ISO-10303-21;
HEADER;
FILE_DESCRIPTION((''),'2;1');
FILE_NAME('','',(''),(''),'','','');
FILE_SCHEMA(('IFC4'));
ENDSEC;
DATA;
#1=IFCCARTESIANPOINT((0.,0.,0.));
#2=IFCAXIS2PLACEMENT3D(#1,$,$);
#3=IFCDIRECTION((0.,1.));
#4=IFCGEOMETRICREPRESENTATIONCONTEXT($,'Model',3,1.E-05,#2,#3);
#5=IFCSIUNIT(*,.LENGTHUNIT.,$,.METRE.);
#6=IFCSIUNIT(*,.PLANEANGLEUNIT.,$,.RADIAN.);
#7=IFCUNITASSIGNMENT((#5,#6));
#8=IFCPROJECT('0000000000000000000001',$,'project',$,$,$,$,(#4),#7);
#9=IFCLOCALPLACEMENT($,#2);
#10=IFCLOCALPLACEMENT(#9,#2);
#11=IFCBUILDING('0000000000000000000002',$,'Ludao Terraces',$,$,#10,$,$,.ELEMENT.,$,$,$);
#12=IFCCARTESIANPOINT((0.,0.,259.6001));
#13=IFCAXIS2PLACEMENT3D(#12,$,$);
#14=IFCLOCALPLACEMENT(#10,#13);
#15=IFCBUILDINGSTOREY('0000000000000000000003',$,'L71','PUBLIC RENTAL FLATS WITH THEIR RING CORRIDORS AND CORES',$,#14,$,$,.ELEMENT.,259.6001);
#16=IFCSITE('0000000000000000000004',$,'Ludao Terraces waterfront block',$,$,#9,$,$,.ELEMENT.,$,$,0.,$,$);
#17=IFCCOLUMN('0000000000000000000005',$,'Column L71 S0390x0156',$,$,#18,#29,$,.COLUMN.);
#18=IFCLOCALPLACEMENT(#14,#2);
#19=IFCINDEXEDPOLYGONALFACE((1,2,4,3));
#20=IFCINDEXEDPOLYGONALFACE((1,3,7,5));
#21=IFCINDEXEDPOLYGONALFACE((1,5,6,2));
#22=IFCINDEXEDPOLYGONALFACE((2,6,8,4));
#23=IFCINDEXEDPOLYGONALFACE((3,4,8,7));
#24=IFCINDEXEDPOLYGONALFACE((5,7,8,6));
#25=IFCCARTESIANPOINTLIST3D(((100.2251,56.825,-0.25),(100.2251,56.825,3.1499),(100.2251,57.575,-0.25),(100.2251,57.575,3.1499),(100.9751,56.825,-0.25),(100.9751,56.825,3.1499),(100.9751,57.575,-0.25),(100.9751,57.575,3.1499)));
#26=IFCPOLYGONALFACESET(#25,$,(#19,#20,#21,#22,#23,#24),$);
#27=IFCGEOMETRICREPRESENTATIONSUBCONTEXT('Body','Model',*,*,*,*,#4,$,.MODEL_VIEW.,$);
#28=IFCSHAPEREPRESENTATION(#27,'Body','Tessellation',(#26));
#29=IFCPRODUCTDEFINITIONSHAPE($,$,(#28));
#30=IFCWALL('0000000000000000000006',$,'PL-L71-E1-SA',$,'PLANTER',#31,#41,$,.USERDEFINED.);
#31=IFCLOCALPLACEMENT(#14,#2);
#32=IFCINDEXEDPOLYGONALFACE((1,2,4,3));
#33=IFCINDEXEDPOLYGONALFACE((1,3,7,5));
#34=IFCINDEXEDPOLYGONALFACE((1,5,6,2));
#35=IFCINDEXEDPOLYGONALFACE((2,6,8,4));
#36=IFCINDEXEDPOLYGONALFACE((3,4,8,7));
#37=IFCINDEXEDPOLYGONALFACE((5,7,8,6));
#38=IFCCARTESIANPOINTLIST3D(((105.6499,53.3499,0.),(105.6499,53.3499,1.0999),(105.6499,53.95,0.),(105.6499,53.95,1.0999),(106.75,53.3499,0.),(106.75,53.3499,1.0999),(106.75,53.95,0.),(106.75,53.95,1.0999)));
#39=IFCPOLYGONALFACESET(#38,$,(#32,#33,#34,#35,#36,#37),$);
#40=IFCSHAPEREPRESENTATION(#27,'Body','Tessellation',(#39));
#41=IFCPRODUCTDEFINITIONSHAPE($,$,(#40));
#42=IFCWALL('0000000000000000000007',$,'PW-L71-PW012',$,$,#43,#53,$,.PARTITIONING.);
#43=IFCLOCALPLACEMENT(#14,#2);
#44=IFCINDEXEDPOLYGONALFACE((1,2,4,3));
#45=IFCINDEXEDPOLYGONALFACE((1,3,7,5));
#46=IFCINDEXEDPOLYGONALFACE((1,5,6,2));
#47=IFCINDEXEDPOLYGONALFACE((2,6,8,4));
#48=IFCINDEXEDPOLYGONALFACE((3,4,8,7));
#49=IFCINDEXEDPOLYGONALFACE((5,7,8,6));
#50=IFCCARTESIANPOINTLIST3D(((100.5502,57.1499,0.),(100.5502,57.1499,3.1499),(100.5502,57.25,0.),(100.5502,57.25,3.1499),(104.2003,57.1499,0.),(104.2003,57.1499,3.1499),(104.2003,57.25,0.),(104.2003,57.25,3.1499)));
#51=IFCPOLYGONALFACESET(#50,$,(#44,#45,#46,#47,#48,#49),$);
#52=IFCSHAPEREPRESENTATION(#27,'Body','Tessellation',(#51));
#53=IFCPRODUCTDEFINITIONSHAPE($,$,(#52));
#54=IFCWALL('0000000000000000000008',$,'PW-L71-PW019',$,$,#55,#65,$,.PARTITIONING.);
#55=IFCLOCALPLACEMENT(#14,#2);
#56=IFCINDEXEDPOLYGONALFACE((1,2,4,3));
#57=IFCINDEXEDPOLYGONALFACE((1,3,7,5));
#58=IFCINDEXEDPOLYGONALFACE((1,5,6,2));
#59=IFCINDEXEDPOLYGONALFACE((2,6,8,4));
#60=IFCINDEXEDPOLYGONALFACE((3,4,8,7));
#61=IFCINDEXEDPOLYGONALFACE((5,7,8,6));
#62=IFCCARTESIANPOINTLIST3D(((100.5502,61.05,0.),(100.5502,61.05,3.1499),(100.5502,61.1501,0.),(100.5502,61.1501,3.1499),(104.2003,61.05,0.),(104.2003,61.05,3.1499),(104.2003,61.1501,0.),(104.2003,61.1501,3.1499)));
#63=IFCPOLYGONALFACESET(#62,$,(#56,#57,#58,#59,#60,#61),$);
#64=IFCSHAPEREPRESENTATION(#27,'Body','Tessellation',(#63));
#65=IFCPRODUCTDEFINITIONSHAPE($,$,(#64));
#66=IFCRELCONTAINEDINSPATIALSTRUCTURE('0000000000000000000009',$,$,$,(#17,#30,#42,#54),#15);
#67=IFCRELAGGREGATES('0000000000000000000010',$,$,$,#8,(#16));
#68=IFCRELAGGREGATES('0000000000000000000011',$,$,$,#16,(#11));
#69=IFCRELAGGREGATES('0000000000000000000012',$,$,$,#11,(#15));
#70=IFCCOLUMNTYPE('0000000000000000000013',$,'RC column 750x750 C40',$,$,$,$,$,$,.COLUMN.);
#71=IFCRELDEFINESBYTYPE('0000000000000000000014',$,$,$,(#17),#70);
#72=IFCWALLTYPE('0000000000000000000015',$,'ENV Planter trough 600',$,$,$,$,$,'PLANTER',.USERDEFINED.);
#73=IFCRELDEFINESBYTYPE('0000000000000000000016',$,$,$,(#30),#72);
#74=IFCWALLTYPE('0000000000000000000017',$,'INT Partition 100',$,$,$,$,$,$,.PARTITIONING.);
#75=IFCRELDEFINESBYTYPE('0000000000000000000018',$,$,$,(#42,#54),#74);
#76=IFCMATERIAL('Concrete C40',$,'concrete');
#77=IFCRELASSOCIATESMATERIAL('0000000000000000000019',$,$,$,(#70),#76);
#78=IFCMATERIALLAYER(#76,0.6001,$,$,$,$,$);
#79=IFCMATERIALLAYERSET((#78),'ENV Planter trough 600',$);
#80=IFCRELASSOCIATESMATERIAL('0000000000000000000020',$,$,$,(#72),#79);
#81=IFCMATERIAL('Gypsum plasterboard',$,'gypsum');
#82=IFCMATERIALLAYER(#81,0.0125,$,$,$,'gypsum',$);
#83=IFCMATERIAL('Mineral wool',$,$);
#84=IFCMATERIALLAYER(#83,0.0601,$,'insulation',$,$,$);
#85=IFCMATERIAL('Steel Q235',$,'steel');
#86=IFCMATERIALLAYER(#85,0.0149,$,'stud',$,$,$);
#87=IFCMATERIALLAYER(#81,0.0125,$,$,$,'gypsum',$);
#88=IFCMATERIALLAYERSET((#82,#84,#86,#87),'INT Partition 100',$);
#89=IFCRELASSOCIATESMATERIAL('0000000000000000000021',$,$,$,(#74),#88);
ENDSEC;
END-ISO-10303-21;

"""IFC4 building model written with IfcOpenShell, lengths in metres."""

from ifc_helpers import new_model, si_unit, direction, frame, frame_2d, origin, origin_2d, place, context, subcontext, project, spatial, rectangle, extrude, material, layer, layer_set, material_profile, profile_set, type_object, element, save


model = new_model("IFC4")

# Units and contexts
model_context = context("Model", 3, precision=1e-05, world=origin(), true_north=direction((0.0, 1.0)))
body_context = subcontext(model_context, "Body", "Model", "MODEL_VIEW")
ifc_project = project(units=[si_unit("LENGTHUNIT", "METRE"), si_unit("PLANEANGLEUNIT", "RADIAN")], contexts=[model_context])

# Site, building, storey
site_placement = place(None, origin())
site = spatial("IfcSite", under=ifc_project, at=site_placement, Name="Ludao Terraces waterfront block", CompositionType="ELEMENT", RefElevation=0.0)
building_placement = place(site_placement, origin())
building = spatial("IfcBuilding", under=site, at=building_placement, Name="Ludao Terraces", CompositionType="ELEMENT")
storey_placement = place(building_placement, frame((0.0, 0.0, 259.6001)))
storey = spatial("IfcBuildingStorey", under=building, at=storey_placement, Name="L71", Description="PUBLIC RENTAL FLATS WITH THEIR RING CORRIDORS AND CORES", CompositionType="ELEMENT", Elevation=259.6001)

# Column
ifc_material_1 = material(Name="Concrete C40", Category="concrete")
ifc_material_profile = material_profile(ifc_material_1, rectangle(XDim=0.75, YDim=0.75, at=origin_2d()), Name="750 X 750")
ifc_profile_set = profile_set([ifc_material_profile], Name="Concrete C40")
column_type = type_object("IfcColumnType", Name="RC column 750x750 C40", PredefinedType="COLUMN", material=ifc_profile_set)
column_placement = place(storey_placement, frame((100.6001, 57.2, -0.25), z_axis=(0.0, 0.0, 1.0), x_axis=(1.0, 0.0, 0.0)))
element("IfcColumn", 1, at=column_placement, inside=storey, type_object=column_type, Name="Column L71 S0390x0156", PredefinedType="COLUMN", context=body_context, shape_type="SweptSolid", body=[
    extrude(rectangle(XDim=0.75, YDim=0.75, at=origin_2d()), origin(), (0.0, 0.0, 1.0), 3.3999),
])

# Wall
ifc_layer_1 = layer(ifc_material_1, 0.6001)
ifc_layer_set_1 = layer_set([ifc_layer_1], Name="ENV Planter trough 600")
wall_type_1 = type_object("IfcWallType", Name="ENV Planter trough 600", ElementType="PLANTER", PredefinedType="USERDEFINED", material=ifc_layer_set_1)
wall_1_placement = place(storey_placement, frame((106.75, 53.6499, 0.0), z_axis=(0.0, 0.0, 1.0), x_axis=(-1.0, 0.0, 0.0)))
element("IfcWall", 2, at=wall_1_placement, inside=storey, type_object=wall_type_1, Name="PL-L71-E1-SA", ObjectType="PLANTER", PredefinedType="USERDEFINED", context=body_context, shape_type="SweptSolid", body=[
    extrude(rectangle(XDim=1.1001, YDim=0.6001, at=frame_2d((0.55, 0.0))), origin(), (0.0, 0.0, 1.0), 1.0999),
])

# Shared definitions
ifc_material_2 = material(Name="Mineral wool")

# Walls
ifc_material_3 = material(Name="Gypsum plasterboard", Category="gypsum")
ifc_layer_2 = layer(ifc_material_3, 0.0125, Category="gypsum")
ifc_layer_3 = layer(ifc_material_2, 0.0601, Name="insulation")
ifc_material_4 = material(Name="Steel Q235", Category="steel")
ifc_layer_4 = layer(ifc_material_4, 0.0149, Name="stud")
ifc_layer_5 = layer(ifc_material_3, 0.0125, Category="gypsum")
ifc_layer_set_2 = layer_set([ifc_layer_2, ifc_layer_3, ifc_layer_4, ifc_layer_5], Name="INT Partition 100")
wall_type_2 = type_object("IfcWallType", Name="INT Partition 100", PredefinedType="PARTITIONING", material=ifc_layer_set_2)
for number, where, z_axis, x_axis, name in (
    (3, (100.55, 57.2, 0.0), (0.0, 0.0, 1.0), (1.0, 0.0, 0.0), "PW-L71-PW012"),
    (4, (100.55, 61.1001, 0.0), (0.0, 0.0, 1.0), (1.0, 0.0, 0.0), "PW-L71-PW019"),
):
    element("IfcWall", number, at=place(storey_placement, frame(where, z_axis=z_axis, x_axis=x_axis)), inside=storey, type_object=wall_type_2, Name=name, PredefinedType="PARTITIONING", context=body_context, shape_type="SweptSolid", body=[
        extrude(rectangle(XDim=3.6501, YDim=0.1001, at=frame_2d((1.8252, 0.0))), origin(), (0.0, 0.0, 1.0), 3.1499),
    ])

save(model, "model.ifc")
